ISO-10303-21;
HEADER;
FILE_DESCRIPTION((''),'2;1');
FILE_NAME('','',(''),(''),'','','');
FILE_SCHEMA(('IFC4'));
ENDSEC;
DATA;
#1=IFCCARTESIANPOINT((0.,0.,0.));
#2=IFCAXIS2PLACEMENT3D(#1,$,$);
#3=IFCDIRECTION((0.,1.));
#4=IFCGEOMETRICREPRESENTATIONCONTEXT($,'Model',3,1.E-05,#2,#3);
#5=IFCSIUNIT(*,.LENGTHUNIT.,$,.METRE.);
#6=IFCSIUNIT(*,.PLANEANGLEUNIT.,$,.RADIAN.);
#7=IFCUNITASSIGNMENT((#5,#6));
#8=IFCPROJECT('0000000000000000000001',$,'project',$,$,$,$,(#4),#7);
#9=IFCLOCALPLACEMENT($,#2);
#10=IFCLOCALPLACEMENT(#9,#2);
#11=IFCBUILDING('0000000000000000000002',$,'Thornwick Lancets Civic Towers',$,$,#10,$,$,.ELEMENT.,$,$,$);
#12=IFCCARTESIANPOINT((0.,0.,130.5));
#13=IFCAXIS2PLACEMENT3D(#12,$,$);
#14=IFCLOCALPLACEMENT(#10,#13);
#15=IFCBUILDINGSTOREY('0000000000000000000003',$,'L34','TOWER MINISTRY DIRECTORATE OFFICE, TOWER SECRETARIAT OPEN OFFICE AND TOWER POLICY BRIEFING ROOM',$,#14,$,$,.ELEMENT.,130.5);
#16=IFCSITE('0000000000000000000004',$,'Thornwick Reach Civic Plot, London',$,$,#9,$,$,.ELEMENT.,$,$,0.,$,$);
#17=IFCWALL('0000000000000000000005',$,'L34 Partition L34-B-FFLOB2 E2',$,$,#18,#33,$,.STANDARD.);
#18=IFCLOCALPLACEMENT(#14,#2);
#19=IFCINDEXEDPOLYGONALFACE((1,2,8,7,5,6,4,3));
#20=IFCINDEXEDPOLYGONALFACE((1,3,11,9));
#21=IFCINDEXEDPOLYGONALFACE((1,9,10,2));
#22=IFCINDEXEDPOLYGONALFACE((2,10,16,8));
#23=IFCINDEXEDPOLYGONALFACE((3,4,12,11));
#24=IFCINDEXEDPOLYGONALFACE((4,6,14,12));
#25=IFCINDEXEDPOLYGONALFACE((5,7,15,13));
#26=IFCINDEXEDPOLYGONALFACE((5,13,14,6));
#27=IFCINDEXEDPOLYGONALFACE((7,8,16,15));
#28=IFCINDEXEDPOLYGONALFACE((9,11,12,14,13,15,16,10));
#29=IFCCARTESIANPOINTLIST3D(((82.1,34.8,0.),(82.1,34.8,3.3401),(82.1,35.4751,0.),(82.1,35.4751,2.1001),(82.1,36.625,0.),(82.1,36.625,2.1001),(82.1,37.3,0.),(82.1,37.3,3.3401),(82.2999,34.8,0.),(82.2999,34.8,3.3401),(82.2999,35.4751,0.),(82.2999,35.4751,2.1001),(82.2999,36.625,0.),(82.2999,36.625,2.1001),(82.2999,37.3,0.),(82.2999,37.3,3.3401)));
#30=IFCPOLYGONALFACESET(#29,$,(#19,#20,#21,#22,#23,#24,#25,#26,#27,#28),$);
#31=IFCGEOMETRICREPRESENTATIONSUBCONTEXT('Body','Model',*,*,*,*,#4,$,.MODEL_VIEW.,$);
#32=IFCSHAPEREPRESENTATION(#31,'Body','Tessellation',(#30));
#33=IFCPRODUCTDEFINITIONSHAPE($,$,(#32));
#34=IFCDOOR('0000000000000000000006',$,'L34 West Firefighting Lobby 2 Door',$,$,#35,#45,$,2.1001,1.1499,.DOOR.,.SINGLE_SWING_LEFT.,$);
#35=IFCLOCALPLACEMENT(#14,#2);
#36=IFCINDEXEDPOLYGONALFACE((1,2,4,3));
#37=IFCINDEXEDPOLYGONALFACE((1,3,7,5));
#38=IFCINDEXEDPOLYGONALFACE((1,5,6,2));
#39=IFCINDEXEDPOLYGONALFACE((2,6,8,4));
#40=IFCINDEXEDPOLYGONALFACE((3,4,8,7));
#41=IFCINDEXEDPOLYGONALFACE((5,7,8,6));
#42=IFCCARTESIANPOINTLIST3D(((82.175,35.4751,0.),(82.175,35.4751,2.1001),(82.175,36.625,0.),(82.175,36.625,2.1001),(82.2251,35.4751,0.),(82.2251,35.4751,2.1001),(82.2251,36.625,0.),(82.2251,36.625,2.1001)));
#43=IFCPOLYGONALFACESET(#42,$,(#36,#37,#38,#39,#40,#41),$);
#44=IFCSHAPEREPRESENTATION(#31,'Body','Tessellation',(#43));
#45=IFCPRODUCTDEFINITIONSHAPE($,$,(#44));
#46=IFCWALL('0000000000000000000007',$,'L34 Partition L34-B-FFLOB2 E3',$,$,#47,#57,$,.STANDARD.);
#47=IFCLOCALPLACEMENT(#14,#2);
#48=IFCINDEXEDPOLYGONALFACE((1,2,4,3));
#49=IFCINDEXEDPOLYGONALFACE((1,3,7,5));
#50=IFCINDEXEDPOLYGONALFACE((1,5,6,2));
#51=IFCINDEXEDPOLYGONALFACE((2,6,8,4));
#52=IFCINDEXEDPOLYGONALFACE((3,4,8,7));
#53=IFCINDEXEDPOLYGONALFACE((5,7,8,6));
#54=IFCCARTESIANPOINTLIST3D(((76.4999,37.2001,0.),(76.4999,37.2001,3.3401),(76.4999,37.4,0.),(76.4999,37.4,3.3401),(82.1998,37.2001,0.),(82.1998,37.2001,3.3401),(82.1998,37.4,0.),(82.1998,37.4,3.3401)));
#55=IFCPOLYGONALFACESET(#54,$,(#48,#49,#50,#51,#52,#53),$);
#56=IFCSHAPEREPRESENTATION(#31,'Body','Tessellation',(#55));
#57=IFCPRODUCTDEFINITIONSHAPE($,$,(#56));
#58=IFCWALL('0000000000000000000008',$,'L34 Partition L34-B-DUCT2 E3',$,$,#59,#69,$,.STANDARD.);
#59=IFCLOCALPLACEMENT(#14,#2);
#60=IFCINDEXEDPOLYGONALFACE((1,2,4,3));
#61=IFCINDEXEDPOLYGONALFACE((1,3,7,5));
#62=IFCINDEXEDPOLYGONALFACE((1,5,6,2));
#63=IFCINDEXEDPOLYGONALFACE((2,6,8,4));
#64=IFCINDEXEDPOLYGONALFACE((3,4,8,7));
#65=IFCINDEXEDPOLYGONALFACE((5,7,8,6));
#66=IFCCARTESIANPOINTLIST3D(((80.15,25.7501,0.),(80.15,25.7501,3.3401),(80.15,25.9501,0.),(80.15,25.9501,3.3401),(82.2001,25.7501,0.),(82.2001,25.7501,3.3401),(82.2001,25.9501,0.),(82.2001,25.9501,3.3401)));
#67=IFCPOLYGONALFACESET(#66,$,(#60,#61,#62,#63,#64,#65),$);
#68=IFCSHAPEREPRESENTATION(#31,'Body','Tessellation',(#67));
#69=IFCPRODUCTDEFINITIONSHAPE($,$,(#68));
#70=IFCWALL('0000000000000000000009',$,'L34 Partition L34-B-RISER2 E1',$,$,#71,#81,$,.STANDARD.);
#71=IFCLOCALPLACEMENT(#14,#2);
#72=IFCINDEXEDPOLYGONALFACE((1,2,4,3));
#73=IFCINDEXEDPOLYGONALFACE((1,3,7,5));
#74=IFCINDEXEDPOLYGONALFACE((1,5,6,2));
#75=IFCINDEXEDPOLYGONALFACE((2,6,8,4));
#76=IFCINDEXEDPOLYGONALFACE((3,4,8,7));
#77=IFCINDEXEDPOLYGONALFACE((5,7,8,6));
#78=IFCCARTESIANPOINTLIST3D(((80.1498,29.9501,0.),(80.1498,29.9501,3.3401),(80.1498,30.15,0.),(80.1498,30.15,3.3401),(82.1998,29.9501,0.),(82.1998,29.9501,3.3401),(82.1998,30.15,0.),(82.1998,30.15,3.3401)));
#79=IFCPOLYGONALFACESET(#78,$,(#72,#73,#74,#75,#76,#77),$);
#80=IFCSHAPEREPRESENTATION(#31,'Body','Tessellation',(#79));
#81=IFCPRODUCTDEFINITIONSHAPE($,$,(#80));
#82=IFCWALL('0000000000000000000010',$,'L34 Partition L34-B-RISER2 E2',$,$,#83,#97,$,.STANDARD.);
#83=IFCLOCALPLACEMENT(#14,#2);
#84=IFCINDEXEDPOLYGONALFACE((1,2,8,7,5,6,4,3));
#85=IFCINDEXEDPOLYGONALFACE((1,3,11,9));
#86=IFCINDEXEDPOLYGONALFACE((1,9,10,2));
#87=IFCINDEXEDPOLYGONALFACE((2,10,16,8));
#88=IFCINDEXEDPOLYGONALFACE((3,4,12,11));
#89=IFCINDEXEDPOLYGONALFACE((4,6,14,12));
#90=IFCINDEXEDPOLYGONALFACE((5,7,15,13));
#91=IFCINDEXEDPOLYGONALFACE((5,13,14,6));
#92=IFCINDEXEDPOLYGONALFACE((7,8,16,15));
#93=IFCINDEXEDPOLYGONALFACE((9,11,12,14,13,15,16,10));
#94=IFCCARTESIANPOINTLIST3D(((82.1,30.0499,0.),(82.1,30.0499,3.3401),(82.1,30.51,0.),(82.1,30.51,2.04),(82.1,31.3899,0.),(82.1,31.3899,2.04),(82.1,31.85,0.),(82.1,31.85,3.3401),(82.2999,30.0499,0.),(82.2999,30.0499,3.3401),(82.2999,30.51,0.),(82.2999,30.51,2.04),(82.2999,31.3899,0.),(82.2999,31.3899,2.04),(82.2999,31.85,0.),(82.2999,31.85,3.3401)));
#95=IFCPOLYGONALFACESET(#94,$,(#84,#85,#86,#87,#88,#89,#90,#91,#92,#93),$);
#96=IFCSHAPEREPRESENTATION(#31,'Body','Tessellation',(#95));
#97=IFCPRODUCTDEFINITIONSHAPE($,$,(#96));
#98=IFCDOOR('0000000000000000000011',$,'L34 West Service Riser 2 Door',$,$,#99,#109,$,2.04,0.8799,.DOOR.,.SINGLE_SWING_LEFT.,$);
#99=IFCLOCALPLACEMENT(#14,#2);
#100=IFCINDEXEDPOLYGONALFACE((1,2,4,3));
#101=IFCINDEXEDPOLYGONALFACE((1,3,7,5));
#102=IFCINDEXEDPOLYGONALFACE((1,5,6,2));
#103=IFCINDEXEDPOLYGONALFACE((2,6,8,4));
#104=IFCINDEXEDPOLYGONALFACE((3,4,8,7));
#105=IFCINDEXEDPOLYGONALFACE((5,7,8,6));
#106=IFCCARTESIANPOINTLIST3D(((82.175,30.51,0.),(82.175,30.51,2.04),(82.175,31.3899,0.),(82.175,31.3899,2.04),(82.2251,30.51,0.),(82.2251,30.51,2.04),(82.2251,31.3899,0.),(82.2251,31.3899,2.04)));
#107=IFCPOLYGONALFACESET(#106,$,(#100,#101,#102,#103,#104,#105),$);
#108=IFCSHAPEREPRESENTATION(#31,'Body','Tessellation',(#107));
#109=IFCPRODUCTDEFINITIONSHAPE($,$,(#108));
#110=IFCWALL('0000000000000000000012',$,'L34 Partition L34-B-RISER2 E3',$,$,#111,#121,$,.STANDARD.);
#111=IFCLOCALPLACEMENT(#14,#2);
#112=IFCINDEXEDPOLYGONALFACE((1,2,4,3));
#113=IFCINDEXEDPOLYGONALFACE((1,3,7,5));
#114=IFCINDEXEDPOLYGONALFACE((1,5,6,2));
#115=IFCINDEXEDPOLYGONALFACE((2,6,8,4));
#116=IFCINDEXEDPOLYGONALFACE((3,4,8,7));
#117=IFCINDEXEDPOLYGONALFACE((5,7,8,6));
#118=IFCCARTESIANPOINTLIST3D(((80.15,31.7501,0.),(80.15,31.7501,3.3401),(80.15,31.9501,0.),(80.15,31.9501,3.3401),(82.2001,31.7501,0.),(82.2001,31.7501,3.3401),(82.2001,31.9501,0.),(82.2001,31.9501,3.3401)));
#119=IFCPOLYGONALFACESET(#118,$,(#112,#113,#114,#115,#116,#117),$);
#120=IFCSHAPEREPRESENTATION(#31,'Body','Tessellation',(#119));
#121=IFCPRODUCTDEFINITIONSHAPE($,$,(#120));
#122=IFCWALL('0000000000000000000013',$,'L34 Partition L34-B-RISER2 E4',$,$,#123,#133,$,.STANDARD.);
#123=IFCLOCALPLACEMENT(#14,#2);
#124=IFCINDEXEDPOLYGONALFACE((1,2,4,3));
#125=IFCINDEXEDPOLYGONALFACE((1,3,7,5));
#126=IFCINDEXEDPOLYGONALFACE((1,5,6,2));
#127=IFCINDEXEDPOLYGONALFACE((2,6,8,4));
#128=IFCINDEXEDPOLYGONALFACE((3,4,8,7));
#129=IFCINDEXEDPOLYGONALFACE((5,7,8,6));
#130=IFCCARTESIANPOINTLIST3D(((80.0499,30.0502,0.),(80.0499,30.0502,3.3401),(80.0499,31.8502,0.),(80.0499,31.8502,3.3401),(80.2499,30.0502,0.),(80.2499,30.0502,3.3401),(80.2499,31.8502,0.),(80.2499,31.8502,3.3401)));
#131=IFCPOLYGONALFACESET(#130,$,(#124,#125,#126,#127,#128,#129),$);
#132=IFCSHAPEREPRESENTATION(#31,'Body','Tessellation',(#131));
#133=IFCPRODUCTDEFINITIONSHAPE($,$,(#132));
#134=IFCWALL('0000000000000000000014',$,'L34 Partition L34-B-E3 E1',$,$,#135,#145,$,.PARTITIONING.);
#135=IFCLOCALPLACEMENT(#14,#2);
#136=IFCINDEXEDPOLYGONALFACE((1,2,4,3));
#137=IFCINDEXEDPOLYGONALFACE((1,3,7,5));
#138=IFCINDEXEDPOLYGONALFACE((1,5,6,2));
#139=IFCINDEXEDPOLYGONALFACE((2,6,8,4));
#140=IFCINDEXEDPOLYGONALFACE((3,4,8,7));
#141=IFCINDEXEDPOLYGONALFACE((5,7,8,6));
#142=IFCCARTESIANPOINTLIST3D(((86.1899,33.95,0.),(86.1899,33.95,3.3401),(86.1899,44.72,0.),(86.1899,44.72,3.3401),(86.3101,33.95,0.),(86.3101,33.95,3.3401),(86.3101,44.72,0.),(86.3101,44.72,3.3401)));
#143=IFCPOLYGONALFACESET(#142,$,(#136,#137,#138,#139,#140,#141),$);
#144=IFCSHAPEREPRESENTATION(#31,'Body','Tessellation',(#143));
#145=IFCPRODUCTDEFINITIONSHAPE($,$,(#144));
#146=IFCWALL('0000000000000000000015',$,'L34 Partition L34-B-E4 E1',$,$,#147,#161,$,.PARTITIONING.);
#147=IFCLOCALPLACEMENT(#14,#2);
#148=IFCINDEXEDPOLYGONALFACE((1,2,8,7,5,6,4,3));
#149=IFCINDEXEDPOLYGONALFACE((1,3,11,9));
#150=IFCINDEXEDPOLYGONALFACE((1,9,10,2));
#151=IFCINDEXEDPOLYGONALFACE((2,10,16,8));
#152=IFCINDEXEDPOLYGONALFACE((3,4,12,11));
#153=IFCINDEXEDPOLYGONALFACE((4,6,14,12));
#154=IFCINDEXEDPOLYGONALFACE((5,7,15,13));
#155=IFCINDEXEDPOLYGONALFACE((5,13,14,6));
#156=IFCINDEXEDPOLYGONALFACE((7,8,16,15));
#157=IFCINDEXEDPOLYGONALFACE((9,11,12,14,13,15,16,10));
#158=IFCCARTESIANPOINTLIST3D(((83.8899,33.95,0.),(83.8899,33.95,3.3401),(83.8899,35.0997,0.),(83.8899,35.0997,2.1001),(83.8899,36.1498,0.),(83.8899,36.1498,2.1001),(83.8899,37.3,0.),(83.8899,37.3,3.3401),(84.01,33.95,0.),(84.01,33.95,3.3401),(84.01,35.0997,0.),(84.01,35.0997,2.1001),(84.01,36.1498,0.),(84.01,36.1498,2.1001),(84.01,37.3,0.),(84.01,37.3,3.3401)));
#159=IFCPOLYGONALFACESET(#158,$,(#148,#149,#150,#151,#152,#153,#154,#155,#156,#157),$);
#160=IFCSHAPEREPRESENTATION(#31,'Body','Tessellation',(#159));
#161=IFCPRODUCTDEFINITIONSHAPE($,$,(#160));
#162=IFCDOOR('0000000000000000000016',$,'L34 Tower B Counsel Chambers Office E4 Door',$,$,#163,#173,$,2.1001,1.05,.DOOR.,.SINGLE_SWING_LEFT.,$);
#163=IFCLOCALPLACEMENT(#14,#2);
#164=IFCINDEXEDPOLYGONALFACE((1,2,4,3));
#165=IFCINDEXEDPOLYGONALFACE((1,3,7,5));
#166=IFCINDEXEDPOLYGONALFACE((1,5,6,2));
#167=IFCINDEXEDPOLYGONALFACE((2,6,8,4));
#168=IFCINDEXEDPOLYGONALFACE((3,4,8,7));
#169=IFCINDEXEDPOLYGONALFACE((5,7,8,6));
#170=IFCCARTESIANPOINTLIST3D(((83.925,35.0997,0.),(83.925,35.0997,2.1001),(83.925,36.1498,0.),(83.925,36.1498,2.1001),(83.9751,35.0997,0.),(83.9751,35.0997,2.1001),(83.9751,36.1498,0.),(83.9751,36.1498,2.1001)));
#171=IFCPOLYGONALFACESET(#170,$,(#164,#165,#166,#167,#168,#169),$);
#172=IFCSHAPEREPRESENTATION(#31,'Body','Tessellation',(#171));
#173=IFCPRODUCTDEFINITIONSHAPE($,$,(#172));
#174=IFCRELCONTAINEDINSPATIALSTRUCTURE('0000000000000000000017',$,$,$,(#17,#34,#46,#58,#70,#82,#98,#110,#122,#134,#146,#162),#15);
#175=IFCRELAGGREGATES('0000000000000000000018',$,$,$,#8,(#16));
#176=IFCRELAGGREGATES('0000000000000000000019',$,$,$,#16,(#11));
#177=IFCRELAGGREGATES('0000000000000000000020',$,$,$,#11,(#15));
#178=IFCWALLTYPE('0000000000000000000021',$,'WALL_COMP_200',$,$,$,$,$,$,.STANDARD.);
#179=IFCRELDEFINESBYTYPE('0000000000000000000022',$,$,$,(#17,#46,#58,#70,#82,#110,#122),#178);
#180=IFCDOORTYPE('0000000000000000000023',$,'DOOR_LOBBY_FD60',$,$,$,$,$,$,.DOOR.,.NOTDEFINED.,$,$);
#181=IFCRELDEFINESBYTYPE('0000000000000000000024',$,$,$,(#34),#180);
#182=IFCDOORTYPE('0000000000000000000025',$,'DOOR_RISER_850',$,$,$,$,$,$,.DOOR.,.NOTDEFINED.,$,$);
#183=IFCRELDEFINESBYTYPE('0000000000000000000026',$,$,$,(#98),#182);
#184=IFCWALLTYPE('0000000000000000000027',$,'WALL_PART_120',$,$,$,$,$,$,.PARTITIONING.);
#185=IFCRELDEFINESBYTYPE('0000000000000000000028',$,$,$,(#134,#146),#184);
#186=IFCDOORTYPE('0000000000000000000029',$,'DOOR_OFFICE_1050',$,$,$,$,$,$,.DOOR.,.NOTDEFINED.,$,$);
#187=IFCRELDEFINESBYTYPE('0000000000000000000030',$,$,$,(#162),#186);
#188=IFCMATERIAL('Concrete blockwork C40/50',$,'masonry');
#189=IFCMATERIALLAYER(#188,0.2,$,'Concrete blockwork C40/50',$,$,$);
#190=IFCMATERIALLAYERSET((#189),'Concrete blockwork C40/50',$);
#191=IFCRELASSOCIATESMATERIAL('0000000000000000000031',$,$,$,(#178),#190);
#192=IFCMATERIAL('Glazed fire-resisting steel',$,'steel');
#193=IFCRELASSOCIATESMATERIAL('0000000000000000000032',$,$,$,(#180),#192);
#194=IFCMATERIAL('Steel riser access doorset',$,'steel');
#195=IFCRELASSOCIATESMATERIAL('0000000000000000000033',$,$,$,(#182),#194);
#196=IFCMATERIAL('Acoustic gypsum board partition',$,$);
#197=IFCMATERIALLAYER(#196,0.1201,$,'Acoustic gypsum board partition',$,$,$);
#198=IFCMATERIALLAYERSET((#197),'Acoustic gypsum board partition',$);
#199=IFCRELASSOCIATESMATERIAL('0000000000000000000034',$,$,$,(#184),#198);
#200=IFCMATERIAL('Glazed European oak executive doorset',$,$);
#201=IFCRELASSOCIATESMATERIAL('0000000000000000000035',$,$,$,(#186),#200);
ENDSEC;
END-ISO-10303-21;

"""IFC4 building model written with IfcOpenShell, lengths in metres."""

from ifc_helpers import new_model, si_unit, direction, frame, frame_2d, origin, place, context, subcontext, project, spatial, rectangle, extrude, material, layer, layer_set, type_object, element, fill, save


model = new_model("IFC4")

# Units and contexts
model_context = context("Model", 3, precision=1e-05, world=origin(), true_north=direction((0.0, 1.0)))
body_context = subcontext(model_context, "Body", "Model", "MODEL_VIEW")
ifc_project = project(units=[si_unit("LENGTHUNIT", "METRE"), si_unit("PLANEANGLEUNIT", "RADIAN")], contexts=[model_context])

# Site, building, storey
site_placement = place(None, origin())
site = spatial("IfcSite", under=ifc_project, at=site_placement, Name="Thornwick Reach Civic Plot, London", CompositionType="ELEMENT", RefElevation=0.0)
building_placement = place(site_placement, origin())
building = spatial("IfcBuilding", under=site, at=building_placement, Name="Thornwick Lancets Civic Towers", CompositionType="ELEMENT")
storey_placement = place(building_placement, frame((0.0, 0.0, 130.5)))
storey = spatial("IfcBuildingStorey", under=building, at=storey_placement, Name="L34", Description="TOWER MINISTRY DIRECTORATE OFFICE, TOWER SECRETARIAT OPEN OFFICE AND TOWER POLICY BRIEFING ROOM", CompositionType="ELEMENT", Elevation=130.5)

# Shared definitions
ifc_material_1 = material(Name="Concrete blockwork C40/50", Category="masonry")
ifc_layer_1 = layer(ifc_material_1, 0.2, Name="Concrete blockwork C40/50")
ifc_layer_set_1 = layer_set([ifc_layer_1], Name="Concrete blockwork C40/50")
wall_type_1 = type_object("IfcWallType", Name="WALL_COMP_200", PredefinedType="STANDARD", material=ifc_layer_set_1)

# Wall, opening, door
wall_1_placement = place(storey_placement, frame((82.2, 34.8, 0.0), z_axis=(0.0, 0.0, 1.0), x_axis=(0.0, 1.0, 0.0)))
wall_1 = element("IfcWall", 1, at=wall_1_placement, inside=storey, type_object=wall_type_1, Name="L34 Partition L34-B-FFLOB2 E2", PredefinedType="STANDARD", context=body_context, shape_type="SweptSolid", body=[
    extrude(rectangle(XDim=2.5, YDim=0.2, at=frame_2d((1.25, 0.0))), origin(), (0.0, 0.0, 1.0), 3.3401),
])
opening_1_placement = place(wall_1_placement, frame((0.675, 0.0, 0.0)))
opening_1 = element("IfcOpeningElement", 2, at=opening_1_placement, cuts=wall_1, PredefinedType="OPENING", context=body_context, shape_type="SweptSolid", body=[
    extrude(rectangle(XDim=1.1499, YDim=2.1001, at=frame_2d((0.575, 1.05))), frame((0.0, 0.1099, 0.0), z_axis=(0.0, -1.0, 0.0), x_axis=(1.0, 0.0, 0.0)), (0.0, 0.0, 1.0), 0.22),
])
ifc_material_2 = material(Name="Glazed fire-resisting steel", Category="steel")
door_type_1 = type_object("IfcDoorType", Name="DOOR_LOBBY_FD60", OperationType="NOTDEFINED", PredefinedType="DOOR", material=ifc_material_2)
door_1_placement = place(opening_1_placement, origin())
door_1 = element("IfcDoor", 3, at=door_1_placement, inside=storey, type_object=door_type_1, Name="L34 West Firefighting Lobby 2 Door", OperationType="SINGLE_SWING_LEFT", OverallHeight=2.1001, OverallWidth=1.1499, PredefinedType="DOOR", context=body_context, shape_type="SweptSolid", body=[
    extrude(rectangle(XDim=1.1499, YDim=2.1001, at=frame_2d((0.575, 1.05))), frame((0.0, 0.0249, 0.0), z_axis=(0.0, -1.0, 0.0), x_axis=(1.0, 0.0, 0.0)), (0.0, 0.0, 1.0), 0.05),
])
fill(opening_1, door_1)

# Walls
wall_2_placement = place(storey_placement, frame((82.2, 37.3, 0.0), z_axis=(0.0, 0.0, 1.0), x_axis=(-1.0, 0.0, 0.0)))
element("IfcWall", 4, at=wall_2_placement, inside=storey, type_object=wall_type_1, Name="L34 Partition L34-B-FFLOB2 E3", PredefinedType="STANDARD", context=body_context, shape_type="SweptSolid", body=[
    extrude(rectangle(XDim=5.7, YDim=0.2, at=frame_2d((2.8501, 0.0))), origin(), (0.0, 0.0, 1.0), 3.3401),
])
for number, where, z_axis, x_axis, name in (
    (5, (82.2, 25.8501, 0.0), (0.0, 0.0, 1.0), (-1.0, 0.0, 0.0), "L34 Partition L34-B-DUCT2 E3"),
    (6, (80.1499, 30.05, 0.0), (0.0, 0.0, 1.0), (1.0, 0.0, 0.0), "L34 Partition L34-B-RISER2 E1"),
):
    element("IfcWall", number, at=place(storey_placement, frame(where, z_axis=z_axis, x_axis=x_axis)), inside=storey, type_object=wall_type_1, Name=name, PredefinedType="STANDARD", context=body_context, shape_type="SweptSolid", body=[
        extrude(rectangle(XDim=2.05, YDim=0.2, at=frame_2d((1.0249, 0.0))), origin(), (0.0, 0.0, 1.0), 3.3401),
    ])

# Wall, opening, door
wall_3_placement = place(storey_placement, frame((82.2, 30.05, 0.0), z_axis=(0.0, 0.0, 1.0), x_axis=(0.0, 1.0, 0.0)))
wall_3 = element("IfcWall", 7, at=wall_3_placement, inside=storey, type_object=wall_type_1, Name="L34 Partition L34-B-RISER2 E2", PredefinedType="STANDARD", context=body_context, shape_type="SweptSolid", body=[
    extrude(rectangle(XDim=1.8, YDim=0.2, at=frame_2d((0.8999, 0.0))), origin(), (0.0, 0.0, 1.0), 3.3401),
])
opening_2_placement = place(wall_3_placement, frame((0.46, 0.0, 0.0)))
opening_2 = element("IfcOpeningElement", 8, at=opening_2_placement, cuts=wall_3, PredefinedType="OPENING", context=body_context, shape_type="SweptSolid", body=[
    extrude(rectangle(XDim=0.8799, YDim=2.04, at=frame_2d((0.4399, 1.02))), frame((0.0, 0.1099, 0.0), z_axis=(0.0, -1.0, 0.0), x_axis=(1.0, 0.0, 0.0)), (0.0, 0.0, 1.0), 0.22),
])
ifc_material_3 = material(Name="Steel riser access doorset", Category="steel")
door_type_2 = type_object("IfcDoorType", Name="DOOR_RISER_850", OperationType="NOTDEFINED", PredefinedType="DOOR", material=ifc_material_3)
door_2_placement = place(opening_2_placement, origin())
door_2 = element("IfcDoor", 9, at=door_2_placement, inside=storey, type_object=door_type_2, Name="L34 West Service Riser 2 Door", OperationType="SINGLE_SWING_LEFT", OverallHeight=2.04, OverallWidth=0.8799, PredefinedType="DOOR", context=body_context, shape_type="SweptSolid", body=[
    extrude(rectangle(XDim=0.8799, YDim=2.04, at=frame_2d((0.4399, 1.02))), frame((0.0, 0.0249, 0.0), z_axis=(0.0, -1.0, 0.0), x_axis=(1.0, 0.0, 0.0)), (0.0, 0.0, 1.0), 0.05),
])
fill(opening_2, door_2)

# Walls
wall_4_placement = place(storey_placement, frame((82.2, 31.8501, 0.0), z_axis=(0.0, 0.0, 1.0), x_axis=(-1.0, 0.0, 0.0)))
element("IfcWall", 10, at=wall_4_placement, inside=storey, type_object=wall_type_1, Name="L34 Partition L34-B-RISER2 E3", PredefinedType="STANDARD", context=body_context, shape_type="SweptSolid", body=[
    extrude(rectangle(XDim=2.05, YDim=0.2, at=frame_2d((1.0249, 0.0))), origin(), (0.0, 0.0, 1.0), 3.3401),
])
wall_5_placement = place(storey_placement, frame((80.1499, 31.8501, 0.0), z_axis=(0.0, 0.0, 1.0), x_axis=(0.0, -1.0, 0.0)))
element("IfcWall", 11, at=wall_5_placement, inside=storey, type_object=wall_type_1, Name="L34 Partition L34-B-RISER2 E4", PredefinedType="STANDARD", context=body_context, shape_type="SweptSolid", body=[
    extrude(rectangle(XDim=1.8, YDim=0.2, at=frame_2d((0.8999, 0.0))), origin(), (0.0, 0.0, 1.0), 3.3401),
])
ifc_material_4 = material(Name="Acoustic gypsum board partition")
ifc_layer_2 = layer(ifc_material_4, 0.1201, Name="Acoustic gypsum board partition")
ifc_layer_set_2 = layer_set([ifc_layer_2], Name="Acoustic gypsum board partition")
wall_type_2 = type_object("IfcWallType", Name="WALL_PART_120", PredefinedType="PARTITIONING", material=ifc_layer_set_2)
wall_6_placement = place(storey_placement, frame((86.25, 33.95, 0.0), z_axis=(0.0, 0.0, 1.0), x_axis=(0.0, 1.0, 0.0)))
element("IfcWall", 12, at=wall_6_placement, inside=storey, type_object=wall_type_2, Name="L34 Partition L34-B-E3 E1", PredefinedType="PARTITIONING", context=body_context, shape_type="SweptSolid", body=[
    extrude(rectangle(XDim=10.77, YDim=0.1201, at=frame_2d((5.385, 0.0))), origin(), (0.0, 0.0, 1.0), 3.3401),
])

# Wall, opening, door
wall_7_placement = place(storey_placement, frame((83.95, 33.95, 0.0), z_axis=(0.0, 0.0, 1.0), x_axis=(0.0, 1.0, 0.0)))
wall_7 = element("IfcWall", 13, at=wall_7_placement, inside=storey, type_object=wall_type_2, Name="L34 Partition L34-B-E4 E1", PredefinedType="PARTITIONING", context=body_context, shape_type="SweptSolid", body=[
    extrude(rectangle(XDim=3.3501, YDim=0.1201, at=frame_2d((1.675, 0.0))), origin(), (0.0, 0.0, 1.0), 3.3401),
])
opening_3_placement = place(wall_7_placement, frame((1.1499, 0.0, 0.0)))
opening_3 = element("IfcOpeningElement", 14, at=opening_3_placement, cuts=wall_7, PredefinedType="OPENING", context=body_context, shape_type="SweptSolid", body=[
    extrude(rectangle(XDim=1.05, YDim=2.1001, at=frame_2d((0.5249, 1.05))), frame((0.0, 0.0701, 0.0), z_axis=(0.0, -1.0, 0.0), x_axis=(1.0, 0.0, 0.0)), (0.0, 0.0, 1.0), 0.1401),
])
ifc_material_5 = material(Name="Glazed European oak executive doorset")
door_type_3 = type_object("IfcDoorType", Name="DOOR_OFFICE_1050", OperationType="NOTDEFINED", PredefinedType="DOOR", material=ifc_material_5)
door_3_placement = place(opening_3_placement, origin())
door_3 = element("IfcDoor", 15, at=door_3_placement, inside=storey, type_object=door_type_3, Name="L34 Tower B Counsel Chambers Office E4 Door", OperationType="SINGLE_SWING_LEFT", OverallHeight=2.1001, OverallWidth=1.05, PredefinedType="DOOR", context=body_context, shape_type="SweptSolid", body=[
    extrude(rectangle(XDim=1.05, YDim=2.1001, at=frame_2d((0.5249, 1.05))), frame((0.0, 0.0249, 0.0), z_axis=(0.0, -1.0, 0.0), x_axis=(1.0, 0.0, 0.0)), (0.0, 0.0, 1.0), 0.05),
])
fill(opening_3, door_3)

save(model, "model.ifc")
